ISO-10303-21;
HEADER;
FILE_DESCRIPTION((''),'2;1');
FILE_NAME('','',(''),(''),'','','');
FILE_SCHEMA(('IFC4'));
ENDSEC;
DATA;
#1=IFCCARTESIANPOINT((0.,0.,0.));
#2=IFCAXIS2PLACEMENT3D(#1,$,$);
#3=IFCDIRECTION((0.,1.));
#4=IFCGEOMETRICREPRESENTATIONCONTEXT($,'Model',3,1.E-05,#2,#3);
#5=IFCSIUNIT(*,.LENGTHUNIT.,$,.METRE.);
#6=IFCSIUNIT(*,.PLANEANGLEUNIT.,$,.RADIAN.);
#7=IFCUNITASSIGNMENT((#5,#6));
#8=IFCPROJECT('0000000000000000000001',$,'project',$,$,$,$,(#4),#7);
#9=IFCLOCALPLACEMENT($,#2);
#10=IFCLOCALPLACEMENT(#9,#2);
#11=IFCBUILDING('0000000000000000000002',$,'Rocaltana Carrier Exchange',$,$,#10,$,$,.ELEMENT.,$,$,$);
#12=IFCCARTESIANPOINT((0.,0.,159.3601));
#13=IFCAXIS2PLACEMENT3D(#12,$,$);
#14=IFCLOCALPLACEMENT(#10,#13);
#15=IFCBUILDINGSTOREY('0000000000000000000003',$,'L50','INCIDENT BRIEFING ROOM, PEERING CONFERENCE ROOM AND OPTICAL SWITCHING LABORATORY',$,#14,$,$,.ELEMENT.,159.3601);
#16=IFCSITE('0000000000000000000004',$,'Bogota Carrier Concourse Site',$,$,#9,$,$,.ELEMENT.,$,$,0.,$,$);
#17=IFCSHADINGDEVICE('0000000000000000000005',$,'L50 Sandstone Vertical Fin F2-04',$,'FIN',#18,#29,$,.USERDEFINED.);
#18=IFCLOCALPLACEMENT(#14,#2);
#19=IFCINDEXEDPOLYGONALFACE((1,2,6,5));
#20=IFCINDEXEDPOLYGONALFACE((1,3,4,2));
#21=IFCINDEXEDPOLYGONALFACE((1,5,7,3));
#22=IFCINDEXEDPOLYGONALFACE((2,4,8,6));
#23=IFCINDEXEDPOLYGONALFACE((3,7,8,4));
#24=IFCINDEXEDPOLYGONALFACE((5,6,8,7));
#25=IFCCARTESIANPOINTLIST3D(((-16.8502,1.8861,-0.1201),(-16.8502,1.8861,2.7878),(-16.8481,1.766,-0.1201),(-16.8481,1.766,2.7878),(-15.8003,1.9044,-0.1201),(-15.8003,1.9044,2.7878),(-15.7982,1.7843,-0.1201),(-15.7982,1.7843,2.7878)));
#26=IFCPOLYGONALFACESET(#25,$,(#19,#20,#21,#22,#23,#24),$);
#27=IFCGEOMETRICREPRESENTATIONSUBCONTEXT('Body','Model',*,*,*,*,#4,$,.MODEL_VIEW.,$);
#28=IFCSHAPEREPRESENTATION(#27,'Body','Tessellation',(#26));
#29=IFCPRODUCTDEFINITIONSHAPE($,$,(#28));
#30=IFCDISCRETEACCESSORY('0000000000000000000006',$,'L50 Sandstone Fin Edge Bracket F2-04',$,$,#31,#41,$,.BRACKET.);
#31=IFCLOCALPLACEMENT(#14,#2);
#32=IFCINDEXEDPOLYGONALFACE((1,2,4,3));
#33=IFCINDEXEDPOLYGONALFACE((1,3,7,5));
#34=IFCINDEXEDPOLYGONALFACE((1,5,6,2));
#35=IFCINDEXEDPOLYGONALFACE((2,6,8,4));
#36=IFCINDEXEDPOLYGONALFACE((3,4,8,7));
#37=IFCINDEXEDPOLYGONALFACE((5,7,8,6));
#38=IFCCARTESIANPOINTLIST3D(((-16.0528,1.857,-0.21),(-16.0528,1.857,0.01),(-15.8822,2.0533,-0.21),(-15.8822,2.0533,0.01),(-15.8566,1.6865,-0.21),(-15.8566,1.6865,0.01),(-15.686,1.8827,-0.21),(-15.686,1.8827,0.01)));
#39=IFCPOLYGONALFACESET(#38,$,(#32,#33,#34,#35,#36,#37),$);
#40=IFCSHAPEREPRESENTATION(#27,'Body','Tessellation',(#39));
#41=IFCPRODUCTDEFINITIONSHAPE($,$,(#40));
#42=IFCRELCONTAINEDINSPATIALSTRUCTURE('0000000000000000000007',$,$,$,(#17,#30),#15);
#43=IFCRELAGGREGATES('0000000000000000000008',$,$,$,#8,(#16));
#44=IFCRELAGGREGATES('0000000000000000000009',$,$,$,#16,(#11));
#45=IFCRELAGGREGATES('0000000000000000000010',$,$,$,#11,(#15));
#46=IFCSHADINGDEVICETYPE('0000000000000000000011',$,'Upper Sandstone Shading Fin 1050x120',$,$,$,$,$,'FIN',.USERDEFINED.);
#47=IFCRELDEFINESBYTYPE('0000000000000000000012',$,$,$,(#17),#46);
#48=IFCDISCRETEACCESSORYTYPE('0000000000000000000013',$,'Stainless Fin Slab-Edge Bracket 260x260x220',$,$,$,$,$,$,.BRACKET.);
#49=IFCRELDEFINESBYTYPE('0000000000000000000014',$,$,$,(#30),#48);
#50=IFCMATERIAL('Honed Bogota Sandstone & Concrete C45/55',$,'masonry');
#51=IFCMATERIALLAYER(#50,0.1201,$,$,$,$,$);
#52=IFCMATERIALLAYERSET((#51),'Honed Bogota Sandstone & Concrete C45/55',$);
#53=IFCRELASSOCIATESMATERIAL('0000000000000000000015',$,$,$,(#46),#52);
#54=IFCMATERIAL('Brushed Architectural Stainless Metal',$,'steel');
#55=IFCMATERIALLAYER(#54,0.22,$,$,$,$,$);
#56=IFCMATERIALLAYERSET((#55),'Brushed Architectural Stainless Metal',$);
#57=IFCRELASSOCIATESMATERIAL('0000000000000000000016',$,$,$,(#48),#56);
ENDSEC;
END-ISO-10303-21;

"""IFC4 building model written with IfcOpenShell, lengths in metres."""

from ifc_helpers import new_model, si_unit, direction, frame, origin, origin_2d, place, context, subcontext, project, spatial, rectangle, extrude, material, layer, layer_set, type_object, element, save


model = new_model("IFC4")

# Units and contexts
model_context = context("Model", 3, precision=1e-05, world=origin(), true_north=direction((0.0, 1.0)))
body_context = subcontext(model_context, "Body", "Model", "MODEL_VIEW")
ifc_project = project(units=[si_unit("LENGTHUNIT", "METRE"), si_unit("PLANEANGLEUNIT", "RADIAN")], contexts=[model_context])

# Site, building, storey
site_placement = place(None, origin())
site = spatial("IfcSite", under=ifc_project, at=site_placement, Name="Bogota Carrier Concourse Site", CompositionType="ELEMENT", RefElevation=0.0)
building_placement = place(site_placement, origin())
building = spatial("IfcBuilding", under=site, at=building_placement, Name="Rocaltana Carrier Exchange", CompositionType="ELEMENT")
storey_placement = place(building_placement, frame((0.0, 0.0, 159.3601)))
storey = spatial("IfcBuildingStorey", under=building, at=storey_placement, Name="L50", Description="INCIDENT BRIEFING ROOM, PEERING CONFERENCE ROOM AND OPTICAL SWITCHING LABORATORY", CompositionType="ELEMENT", Elevation=159.3601)

# Shading device
ifc_material_1 = material(Name="Honed Bogota Sandstone & Concrete C45/55", Category="masonry")
ifc_layer_1 = layer(ifc_material_1, 0.1201)
ifc_layer_set_1 = layer_set([ifc_layer_1], Name="Honed Bogota Sandstone & Concrete C45/55")
shading_device_type = type_object("IfcShadingDeviceType", Name="Upper Sandstone Shading Fin 1050x120", ElementType="FIN", PredefinedType="USERDEFINED", material=ifc_layer_set_1)
shading_device_placement = place(storey_placement, frame((-16.3242, 1.8352, -0.1201), z_axis=(0.0, 0.0, 1.0), x_axis=(-0.999848, -0.017452, 0.0)))
element("IfcShadingDevice", 1, at=shading_device_placement, inside=storey, type_object=shading_device_type, Name="L50 Sandstone Vertical Fin F2-04", ObjectType="FIN", PredefinedType="USERDEFINED", context=body_context, shape_type="SweptSolid", body=[
    extrude(rectangle(XDim=1.05, YDim=0.1201, at=origin_2d()), origin(), (0.0, 0.0, 1.0), 2.908),
])

# Discrete accessory
ifc_material_2 = material(Name="Brushed Architectural Stainless Metal", Category="steel")
ifc_layer_2 = layer(ifc_material_2, 0.22)
ifc_layer_set_2 = layer_set([ifc_layer_2], Name="Brushed Architectural Stainless Metal")
discrete_accessory_type = type_object("IfcDiscreteAccessoryType", Name="Stainless Fin Slab-Edge Bracket 260x260x220", PredefinedType="BRACKET", material=ifc_layer_set_2)
discrete_accessory_placement = place(storey_placement, frame((-15.8694, 1.8699, -0.21), z_axis=(0.0, 0.0, 1.0), x_axis=(-0.656059, -0.75471, 0.0)))
element("IfcDiscreteAccessory", 2, at=discrete_accessory_placement, inside=storey, type_object=discrete_accessory_type, Name="L50 Sandstone Fin Edge Bracket F2-04", PredefinedType="BRACKET", context=body_context, shape_type="SweptSolid", body=[
    extrude(rectangle(XDim=0.26, YDim=0.26, at=origin_2d()), origin(), (0.0, 0.0, 1.0), 0.22),
])

save(model, "model.ifc")
